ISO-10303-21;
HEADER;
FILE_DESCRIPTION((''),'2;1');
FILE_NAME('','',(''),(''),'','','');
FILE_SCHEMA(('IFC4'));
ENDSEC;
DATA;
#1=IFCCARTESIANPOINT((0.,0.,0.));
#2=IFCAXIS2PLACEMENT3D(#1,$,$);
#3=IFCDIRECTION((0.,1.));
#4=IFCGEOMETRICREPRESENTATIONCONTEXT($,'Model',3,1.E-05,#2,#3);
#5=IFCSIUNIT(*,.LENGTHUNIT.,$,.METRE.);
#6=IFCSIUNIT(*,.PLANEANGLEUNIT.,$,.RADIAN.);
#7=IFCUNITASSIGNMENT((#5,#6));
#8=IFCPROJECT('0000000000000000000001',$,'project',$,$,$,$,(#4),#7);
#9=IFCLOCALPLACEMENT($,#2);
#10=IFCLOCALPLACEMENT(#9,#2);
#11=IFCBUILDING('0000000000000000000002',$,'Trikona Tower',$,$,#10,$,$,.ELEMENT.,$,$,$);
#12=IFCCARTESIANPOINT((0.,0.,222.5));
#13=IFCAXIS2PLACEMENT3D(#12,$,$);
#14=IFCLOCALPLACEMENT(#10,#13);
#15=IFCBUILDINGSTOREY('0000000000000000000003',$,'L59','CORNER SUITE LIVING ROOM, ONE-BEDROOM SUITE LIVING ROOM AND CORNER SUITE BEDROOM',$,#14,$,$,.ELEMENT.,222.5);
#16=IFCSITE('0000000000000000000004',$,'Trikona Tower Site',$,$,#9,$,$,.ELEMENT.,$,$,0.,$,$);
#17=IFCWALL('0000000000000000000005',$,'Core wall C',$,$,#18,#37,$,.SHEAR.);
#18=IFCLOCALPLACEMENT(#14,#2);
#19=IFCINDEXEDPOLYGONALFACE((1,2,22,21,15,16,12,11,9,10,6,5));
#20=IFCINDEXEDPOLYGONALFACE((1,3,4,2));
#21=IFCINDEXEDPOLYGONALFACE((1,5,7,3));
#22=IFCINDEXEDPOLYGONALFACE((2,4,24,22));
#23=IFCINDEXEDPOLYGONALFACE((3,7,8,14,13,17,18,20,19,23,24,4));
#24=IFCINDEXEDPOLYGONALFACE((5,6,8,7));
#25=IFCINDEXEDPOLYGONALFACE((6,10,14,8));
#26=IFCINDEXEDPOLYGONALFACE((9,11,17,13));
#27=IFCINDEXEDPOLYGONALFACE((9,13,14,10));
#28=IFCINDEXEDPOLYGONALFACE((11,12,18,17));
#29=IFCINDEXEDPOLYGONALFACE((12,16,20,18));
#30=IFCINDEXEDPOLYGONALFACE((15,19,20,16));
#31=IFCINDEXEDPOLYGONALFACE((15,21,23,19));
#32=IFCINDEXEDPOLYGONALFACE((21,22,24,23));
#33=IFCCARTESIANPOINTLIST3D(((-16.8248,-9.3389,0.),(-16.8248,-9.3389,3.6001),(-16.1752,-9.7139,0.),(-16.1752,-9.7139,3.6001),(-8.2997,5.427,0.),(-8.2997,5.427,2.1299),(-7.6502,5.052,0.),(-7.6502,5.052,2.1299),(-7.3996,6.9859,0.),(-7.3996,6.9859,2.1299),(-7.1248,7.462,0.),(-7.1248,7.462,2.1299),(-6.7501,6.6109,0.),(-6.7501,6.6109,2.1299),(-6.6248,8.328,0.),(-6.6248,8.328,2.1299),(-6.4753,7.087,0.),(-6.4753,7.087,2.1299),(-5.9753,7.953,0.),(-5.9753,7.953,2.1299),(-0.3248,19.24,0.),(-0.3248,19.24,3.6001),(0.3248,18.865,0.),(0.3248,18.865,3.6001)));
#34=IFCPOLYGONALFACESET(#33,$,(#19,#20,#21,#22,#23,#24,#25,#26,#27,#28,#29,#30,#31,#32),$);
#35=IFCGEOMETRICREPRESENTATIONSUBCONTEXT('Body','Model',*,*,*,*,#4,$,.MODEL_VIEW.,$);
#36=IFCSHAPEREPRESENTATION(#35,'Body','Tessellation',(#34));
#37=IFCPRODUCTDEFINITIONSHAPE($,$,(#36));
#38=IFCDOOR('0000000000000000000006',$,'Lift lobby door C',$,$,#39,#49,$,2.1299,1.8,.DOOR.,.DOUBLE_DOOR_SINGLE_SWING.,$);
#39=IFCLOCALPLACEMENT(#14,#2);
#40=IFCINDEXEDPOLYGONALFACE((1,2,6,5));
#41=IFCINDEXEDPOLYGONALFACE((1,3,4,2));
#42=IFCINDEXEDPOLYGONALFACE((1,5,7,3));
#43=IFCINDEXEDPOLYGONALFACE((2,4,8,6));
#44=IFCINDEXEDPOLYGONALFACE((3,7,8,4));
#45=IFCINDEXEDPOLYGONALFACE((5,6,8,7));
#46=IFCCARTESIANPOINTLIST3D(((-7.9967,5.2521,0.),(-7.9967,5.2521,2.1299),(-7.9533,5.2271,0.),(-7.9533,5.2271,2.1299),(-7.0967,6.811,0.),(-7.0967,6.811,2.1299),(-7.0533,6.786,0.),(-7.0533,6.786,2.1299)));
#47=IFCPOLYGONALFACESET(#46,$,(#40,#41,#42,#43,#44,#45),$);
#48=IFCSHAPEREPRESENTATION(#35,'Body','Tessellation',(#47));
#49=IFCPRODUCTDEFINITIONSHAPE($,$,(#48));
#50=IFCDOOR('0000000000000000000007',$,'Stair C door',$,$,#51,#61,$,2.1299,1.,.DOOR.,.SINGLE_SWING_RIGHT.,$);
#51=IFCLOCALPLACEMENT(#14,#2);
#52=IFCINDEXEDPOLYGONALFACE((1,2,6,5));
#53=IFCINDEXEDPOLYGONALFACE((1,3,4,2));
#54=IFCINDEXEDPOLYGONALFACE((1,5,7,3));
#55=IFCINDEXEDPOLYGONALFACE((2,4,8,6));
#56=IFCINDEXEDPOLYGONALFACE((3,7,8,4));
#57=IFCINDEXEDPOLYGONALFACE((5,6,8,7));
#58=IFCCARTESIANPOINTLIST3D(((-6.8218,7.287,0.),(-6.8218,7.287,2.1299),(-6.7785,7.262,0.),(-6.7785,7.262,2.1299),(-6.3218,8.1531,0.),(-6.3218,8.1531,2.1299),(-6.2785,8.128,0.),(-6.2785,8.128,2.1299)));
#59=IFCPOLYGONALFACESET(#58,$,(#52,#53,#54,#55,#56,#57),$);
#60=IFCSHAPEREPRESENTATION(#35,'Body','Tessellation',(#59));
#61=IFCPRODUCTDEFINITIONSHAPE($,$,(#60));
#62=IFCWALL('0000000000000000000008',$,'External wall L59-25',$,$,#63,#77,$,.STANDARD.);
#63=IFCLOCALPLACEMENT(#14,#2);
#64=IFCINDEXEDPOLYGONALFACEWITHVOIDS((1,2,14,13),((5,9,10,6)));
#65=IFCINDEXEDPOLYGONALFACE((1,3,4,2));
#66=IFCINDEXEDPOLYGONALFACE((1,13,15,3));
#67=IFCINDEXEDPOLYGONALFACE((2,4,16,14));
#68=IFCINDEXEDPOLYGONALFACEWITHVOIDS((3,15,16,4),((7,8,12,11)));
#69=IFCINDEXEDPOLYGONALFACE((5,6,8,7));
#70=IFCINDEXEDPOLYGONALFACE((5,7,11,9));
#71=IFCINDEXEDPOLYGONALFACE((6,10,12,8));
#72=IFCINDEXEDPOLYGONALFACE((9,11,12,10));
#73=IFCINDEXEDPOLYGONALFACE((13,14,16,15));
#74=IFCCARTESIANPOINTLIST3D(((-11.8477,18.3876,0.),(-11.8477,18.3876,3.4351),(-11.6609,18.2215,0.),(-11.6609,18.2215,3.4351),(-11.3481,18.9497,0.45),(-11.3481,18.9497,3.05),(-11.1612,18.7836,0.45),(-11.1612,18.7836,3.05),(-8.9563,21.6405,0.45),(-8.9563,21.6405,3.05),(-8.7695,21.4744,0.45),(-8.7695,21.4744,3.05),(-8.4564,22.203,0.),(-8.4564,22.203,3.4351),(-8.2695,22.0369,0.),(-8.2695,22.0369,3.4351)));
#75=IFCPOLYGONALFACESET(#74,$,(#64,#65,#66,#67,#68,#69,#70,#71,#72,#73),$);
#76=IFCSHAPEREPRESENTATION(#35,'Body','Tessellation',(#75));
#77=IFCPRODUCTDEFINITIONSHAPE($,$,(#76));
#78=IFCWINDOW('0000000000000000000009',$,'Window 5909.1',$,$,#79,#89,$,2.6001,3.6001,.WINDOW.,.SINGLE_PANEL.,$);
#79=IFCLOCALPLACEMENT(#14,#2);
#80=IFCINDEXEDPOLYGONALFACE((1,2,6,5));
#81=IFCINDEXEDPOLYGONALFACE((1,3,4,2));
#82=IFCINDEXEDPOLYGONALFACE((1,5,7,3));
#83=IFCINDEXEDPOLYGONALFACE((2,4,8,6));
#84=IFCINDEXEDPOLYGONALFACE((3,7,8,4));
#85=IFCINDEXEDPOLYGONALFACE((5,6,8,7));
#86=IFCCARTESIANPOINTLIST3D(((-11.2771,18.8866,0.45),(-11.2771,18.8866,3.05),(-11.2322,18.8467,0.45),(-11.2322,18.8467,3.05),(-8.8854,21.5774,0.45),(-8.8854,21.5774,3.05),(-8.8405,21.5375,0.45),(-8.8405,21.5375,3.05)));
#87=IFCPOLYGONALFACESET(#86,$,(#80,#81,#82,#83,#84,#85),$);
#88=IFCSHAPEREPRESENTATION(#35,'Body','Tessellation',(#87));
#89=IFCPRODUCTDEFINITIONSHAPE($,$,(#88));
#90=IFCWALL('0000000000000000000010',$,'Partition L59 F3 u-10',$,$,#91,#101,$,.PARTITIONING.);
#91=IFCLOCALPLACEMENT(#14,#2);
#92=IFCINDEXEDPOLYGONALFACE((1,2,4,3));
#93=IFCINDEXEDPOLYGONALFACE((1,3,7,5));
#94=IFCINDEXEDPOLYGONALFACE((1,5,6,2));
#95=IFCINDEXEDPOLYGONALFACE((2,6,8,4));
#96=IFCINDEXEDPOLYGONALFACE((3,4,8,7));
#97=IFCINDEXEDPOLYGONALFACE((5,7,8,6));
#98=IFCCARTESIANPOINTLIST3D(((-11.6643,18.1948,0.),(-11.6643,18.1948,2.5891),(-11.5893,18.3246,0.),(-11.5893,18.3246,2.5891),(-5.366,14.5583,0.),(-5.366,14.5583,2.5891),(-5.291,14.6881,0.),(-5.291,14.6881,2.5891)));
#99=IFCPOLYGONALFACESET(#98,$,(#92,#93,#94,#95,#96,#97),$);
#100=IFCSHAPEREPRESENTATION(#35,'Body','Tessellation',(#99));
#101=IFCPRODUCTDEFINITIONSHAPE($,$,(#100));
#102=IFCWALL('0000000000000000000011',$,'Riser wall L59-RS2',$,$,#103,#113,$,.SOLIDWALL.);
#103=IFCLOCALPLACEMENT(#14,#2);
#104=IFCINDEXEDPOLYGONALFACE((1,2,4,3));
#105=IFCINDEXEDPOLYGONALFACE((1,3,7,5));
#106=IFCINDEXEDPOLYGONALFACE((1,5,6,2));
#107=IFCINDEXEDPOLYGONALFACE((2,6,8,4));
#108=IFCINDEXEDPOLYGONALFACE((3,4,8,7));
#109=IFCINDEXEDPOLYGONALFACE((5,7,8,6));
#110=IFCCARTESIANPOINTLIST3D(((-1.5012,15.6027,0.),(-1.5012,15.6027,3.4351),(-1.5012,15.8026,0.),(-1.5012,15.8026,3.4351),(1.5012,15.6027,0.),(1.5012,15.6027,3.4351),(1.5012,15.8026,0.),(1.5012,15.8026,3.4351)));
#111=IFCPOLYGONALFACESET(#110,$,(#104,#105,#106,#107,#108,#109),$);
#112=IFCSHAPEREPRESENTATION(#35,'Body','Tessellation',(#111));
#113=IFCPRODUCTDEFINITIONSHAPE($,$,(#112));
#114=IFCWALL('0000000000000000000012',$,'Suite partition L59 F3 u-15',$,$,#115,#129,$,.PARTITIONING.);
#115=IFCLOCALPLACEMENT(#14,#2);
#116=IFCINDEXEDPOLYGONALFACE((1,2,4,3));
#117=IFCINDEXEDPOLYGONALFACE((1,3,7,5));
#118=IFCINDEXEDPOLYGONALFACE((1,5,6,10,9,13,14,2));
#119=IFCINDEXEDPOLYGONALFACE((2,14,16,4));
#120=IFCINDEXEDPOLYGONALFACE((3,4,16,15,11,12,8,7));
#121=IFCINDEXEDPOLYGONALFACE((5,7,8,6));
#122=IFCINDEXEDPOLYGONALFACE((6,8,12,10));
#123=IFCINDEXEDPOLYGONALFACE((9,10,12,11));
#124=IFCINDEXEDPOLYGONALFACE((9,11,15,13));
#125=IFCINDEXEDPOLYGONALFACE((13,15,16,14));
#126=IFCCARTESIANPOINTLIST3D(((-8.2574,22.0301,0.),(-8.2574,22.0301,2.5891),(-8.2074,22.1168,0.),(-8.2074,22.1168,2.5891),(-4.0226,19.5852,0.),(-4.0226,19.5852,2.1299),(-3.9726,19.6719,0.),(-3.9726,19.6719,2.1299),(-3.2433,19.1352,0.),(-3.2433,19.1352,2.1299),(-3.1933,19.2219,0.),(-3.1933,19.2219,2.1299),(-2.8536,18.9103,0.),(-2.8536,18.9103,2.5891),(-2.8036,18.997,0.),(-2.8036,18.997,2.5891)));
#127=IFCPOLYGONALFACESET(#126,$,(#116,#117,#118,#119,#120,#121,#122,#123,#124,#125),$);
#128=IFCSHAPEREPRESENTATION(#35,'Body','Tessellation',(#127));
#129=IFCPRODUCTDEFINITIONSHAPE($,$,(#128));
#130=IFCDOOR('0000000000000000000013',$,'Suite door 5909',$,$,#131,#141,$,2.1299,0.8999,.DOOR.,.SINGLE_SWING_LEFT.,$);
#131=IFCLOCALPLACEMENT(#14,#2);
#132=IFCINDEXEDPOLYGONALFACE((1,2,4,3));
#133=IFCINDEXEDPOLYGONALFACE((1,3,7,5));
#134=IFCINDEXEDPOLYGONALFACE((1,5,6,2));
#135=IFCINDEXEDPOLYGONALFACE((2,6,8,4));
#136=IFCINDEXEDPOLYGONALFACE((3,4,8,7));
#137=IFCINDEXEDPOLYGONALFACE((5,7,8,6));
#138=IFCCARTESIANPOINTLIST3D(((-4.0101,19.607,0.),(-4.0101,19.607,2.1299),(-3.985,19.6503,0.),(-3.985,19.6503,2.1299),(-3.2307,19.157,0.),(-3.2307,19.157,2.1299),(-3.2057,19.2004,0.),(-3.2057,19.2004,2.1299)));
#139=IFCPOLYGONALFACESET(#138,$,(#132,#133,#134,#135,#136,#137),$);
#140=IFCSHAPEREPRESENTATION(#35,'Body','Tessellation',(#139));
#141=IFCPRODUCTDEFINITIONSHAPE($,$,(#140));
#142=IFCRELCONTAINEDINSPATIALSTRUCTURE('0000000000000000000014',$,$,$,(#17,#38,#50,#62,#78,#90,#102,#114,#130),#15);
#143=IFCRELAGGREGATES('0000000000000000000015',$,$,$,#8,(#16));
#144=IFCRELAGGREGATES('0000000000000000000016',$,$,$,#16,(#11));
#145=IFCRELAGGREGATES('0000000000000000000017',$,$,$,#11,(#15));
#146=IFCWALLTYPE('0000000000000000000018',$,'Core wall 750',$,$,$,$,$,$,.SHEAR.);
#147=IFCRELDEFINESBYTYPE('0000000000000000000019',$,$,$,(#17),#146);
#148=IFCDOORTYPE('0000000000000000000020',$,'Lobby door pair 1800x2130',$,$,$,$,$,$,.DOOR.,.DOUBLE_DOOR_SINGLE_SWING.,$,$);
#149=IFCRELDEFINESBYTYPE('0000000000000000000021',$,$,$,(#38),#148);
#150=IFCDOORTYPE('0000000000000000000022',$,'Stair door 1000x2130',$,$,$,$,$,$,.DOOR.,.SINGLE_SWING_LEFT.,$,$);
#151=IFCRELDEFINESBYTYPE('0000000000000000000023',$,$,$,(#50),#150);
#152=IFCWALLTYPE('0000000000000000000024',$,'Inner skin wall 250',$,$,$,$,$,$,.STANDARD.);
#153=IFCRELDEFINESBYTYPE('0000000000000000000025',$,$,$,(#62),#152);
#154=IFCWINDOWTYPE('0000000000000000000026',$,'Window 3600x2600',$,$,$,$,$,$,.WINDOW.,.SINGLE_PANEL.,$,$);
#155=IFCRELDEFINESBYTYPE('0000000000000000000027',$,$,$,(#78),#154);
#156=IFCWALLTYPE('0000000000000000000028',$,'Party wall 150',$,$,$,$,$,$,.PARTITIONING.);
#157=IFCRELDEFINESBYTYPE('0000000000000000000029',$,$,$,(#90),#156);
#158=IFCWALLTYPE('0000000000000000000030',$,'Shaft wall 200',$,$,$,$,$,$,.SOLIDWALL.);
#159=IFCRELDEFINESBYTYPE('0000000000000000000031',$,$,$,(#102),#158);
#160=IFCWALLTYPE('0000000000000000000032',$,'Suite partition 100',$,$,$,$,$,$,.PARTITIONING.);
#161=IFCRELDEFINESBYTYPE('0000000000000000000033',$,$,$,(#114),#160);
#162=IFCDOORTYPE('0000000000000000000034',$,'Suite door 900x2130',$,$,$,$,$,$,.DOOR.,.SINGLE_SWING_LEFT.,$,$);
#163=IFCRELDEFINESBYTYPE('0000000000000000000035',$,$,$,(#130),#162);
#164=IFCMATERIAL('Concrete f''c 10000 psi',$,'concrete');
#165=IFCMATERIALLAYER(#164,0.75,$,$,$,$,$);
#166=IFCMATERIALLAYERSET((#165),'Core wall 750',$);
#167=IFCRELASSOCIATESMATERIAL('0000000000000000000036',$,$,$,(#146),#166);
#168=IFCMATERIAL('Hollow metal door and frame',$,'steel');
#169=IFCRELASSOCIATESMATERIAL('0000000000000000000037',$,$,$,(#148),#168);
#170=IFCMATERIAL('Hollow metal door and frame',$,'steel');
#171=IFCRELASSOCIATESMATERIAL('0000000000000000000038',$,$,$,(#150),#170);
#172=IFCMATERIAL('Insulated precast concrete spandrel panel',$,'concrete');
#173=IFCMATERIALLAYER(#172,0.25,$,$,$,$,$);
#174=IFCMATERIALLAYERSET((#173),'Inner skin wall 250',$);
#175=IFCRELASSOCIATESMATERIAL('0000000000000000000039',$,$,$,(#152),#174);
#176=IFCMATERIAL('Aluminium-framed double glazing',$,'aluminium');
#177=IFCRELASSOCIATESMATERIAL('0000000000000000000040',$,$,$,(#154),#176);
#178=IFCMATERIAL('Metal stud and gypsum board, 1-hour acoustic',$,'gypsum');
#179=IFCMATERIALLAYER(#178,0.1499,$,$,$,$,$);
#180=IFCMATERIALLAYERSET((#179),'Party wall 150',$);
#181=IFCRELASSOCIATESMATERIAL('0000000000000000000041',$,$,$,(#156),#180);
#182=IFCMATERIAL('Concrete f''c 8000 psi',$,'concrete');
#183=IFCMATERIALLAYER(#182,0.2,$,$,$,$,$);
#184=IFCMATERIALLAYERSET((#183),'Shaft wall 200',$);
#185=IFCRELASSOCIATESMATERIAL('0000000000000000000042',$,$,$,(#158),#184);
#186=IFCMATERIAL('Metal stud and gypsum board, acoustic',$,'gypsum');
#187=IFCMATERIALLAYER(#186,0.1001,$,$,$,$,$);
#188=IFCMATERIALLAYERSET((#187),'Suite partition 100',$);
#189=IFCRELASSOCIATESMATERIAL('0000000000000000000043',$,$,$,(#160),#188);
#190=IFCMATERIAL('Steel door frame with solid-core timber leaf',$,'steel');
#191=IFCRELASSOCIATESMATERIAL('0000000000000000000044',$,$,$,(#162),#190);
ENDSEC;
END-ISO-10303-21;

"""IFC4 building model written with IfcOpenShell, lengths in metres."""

from ifc_helpers import new_model, si_unit, direction, frame, frame_2d, origin, place, context, subcontext, project, spatial, rectangle, extrude, material, layer, layer_set, type_object, element, fill, save


model = new_model("IFC4")

# Units and contexts
model_context = context("Model", 3, precision=1e-05, world=origin(), true_north=direction((0.0, 1.0)))
body_context = subcontext(model_context, "Body", "Model", "MODEL_VIEW")
ifc_project = project(units=[si_unit("LENGTHUNIT", "METRE"), si_unit("PLANEANGLEUNIT", "RADIAN")], contexts=[model_context])

# Site, building, storey
site_placement = place(None, origin())
site = spatial("IfcSite", under=ifc_project, at=site_placement, Name="Trikona Tower Site", CompositionType="ELEMENT", RefElevation=0.0)
building_placement = place(site_placement, origin())
building = spatial("IfcBuilding", under=site, at=building_placement, Name="Trikona Tower", CompositionType="ELEMENT")
storey_placement = place(building_placement, frame((0.0, 0.0, 222.5)))
storey = spatial("IfcBuildingStorey", under=building, at=storey_placement, Name="L59", Description="CORNER SUITE LIVING ROOM, ONE-BEDROOM SUITE LIVING ROOM AND CORNER SUITE BEDROOM", CompositionType="ELEMENT", Elevation=222.5)

# Wall, openings, doors
ifc_material_1 = material(Name="Concrete f'c 10000 psi", Category="concrete")
ifc_layer_1 = layer(ifc_material_1, 0.75)
ifc_layer_set_1 = layer_set([ifc_layer_1], Name="Core wall 750")
wall_type_1 = type_object("IfcWallType", Name="Core wall 750", PredefinedType="SHEAR", material=ifc_layer_set_1)
wall_1_placement = place(storey_placement, frame((0.0, 19.0525, 0.0), z_axis=(0.0, 0.0, 1.0), x_axis=(-0.5, -0.866026, 0.0)))
wall_1 = element("IfcWall", 1, at=wall_1_placement, inside=storey, type_object=wall_type_1, Name="Core wall C", PredefinedType="SHEAR", context=body_context, shape_type="SweptSolid", body=[
    extrude(rectangle(XDim=33.0, YDim=0.75, at=frame_2d((16.5, 0.0))), origin(), (0.0, 0.0, 1.0), 3.6001),
])
opening_1_placement = place(wall_1_placement, frame((14.1499, 0.0, 0.0)))
opening_1 = element("IfcOpeningElement", 2, at=opening_1_placement, cuts=wall_1, PredefinedType="OPENING", context=body_context, shape_type="SweptSolid", body=[
    extrude(rectangle(XDim=1.8, YDim=2.1299, at=frame_2d((0.8999, 1.0649))), frame((0.0, 0.385, 0.0), z_axis=(0.0, -1.0, 0.0), x_axis=(1.0, 0.0, 0.0)), (0.0, 0.0, 1.0), 0.77),
])
opening_2_placement = place(wall_1_placement, frame((12.6001, 0.0, 0.0)))
opening_2 = element("IfcOpeningElement", 3, at=opening_2_placement, cuts=wall_1, PredefinedType="OPENING", context=body_context, shape_type="SweptSolid", body=[
    extrude(rectangle(XDim=1.0, YDim=2.1299, at=frame_2d((0.5, 1.0649))), frame((0.0, 0.385, 0.0), z_axis=(0.0, -1.0, 0.0), x_axis=(1.0, 0.0, 0.0)), (0.0, 0.0, 1.0), 0.77),
])
ifc_material_2 = material(Name="Hollow metal door and frame", Category="steel")
door_type_1 = type_object("IfcDoorType", Name="Lobby door pair 1800x2130", OperationType="DOUBLE_DOOR_SINGLE_SWING", PredefinedType="DOOR", material=ifc_material_2)
door_1_placement = place(opening_1_placement, origin())
door_1 = element("IfcDoor", 4, at=door_1_placement, inside=storey, type_object=door_type_1, Name="Lift lobby door C", OperationType="DOUBLE_DOOR_SINGLE_SWING", OverallHeight=2.1299, OverallWidth=1.8, PredefinedType="DOOR", context=body_context, shape_type="SweptSolid", body=[
    extrude(rectangle(XDim=1.8, YDim=2.1299, at=frame_2d((0.8999, 1.0649))), frame((0.0, 0.0249, 0.0), z_axis=(0.0, -1.0, 0.0), x_axis=(1.0, 0.0, 0.0)), (0.0, 0.0, 1.0), 0.05),
])
fill(opening_1, door_1)
ifc_material_3 = material(Name="Hollow metal door and frame", Category="steel")
door_type_2 = type_object("IfcDoorType", Name="Stair door 1000x2130", OperationType="SINGLE_SWING_LEFT", PredefinedType="DOOR", material=ifc_material_3)
door_2_placement = place(opening_2_placement, origin())
door_2 = element("IfcDoor", 5, at=door_2_placement, inside=storey, type_object=door_type_2, Name="Stair C door", OperationType="SINGLE_SWING_RIGHT", OverallHeight=2.1299, OverallWidth=1.0, PredefinedType="DOOR", context=body_context, shape_type="SweptSolid", body=[
    extrude(rectangle(XDim=1.0, YDim=2.1299, at=frame_2d((0.5, 1.0649))), frame((0.0, 0.0249, 0.0), z_axis=(0.0, -1.0, 0.0), x_axis=(1.0, 0.0, 0.0)), (0.0, 0.0, 1.0), 0.05),
])
fill(opening_2, door_2)

# Wall, opening, window
ifc_material_4 = material(Name="Insulated precast concrete spandrel panel", Category="concrete")
ifc_layer_2 = layer(ifc_material_4, 0.25)
ifc_layer_set_2 = layer_set([ifc_layer_2], Name="Inner skin wall 250")
wall_type_2 = type_object("IfcWallType", Name="Inner skin wall 250", PredefinedType="STANDARD", material=ifc_layer_set_2)
wall_2_placement = place(storey_placement, frame((-8.363, 22.1199, 0.0), z_axis=(0.0, 0.0, 1.0), x_axis=(-0.664349, -0.747423, 0.0)))
wall_2 = element("IfcWall", 6, at=wall_2_placement, inside=storey, type_object=wall_type_2, Name="External wall L59-25", PredefinedType="STANDARD", context=body_context, shape_type="SweptSolid", body=[
    extrude(rectangle(XDim=5.1047, YDim=0.25, at=frame_2d((2.5522, 0.0))), origin(), (0.0, 0.0, 1.0), 3.4351),
])
opening_3_placement = place(wall_2_placement, frame((0.7524, 0.0, 0.45)))
opening_3 = element("IfcOpeningElement", 7, at=opening_3_placement, cuts=wall_2, PredefinedType="OPENING", context=body_context, shape_type="SweptSolid", body=[
    extrude(rectangle(XDim=3.6001, YDim=2.6001, at=frame_2d((1.8, 1.3))), frame((0.0, 0.135, 0.0), z_axis=(0.0, -1.0, 0.0), x_axis=(1.0, 0.0, 0.0)), (0.0, 0.0, 1.0), 0.27),
])
ifc_material_5 = material(Name="Aluminium-framed double glazing", Category="aluminium")
window_type = type_object("IfcWindowType", Name="Window 3600x2600", PartitioningType="SINGLE_PANEL", PredefinedType="WINDOW", material=ifc_material_5)
window_placement = place(opening_3_placement, origin())
window = element("IfcWindow", 8, at=window_placement, inside=storey, type_object=window_type, Name="Window 5909.1", OverallHeight=2.6001, OverallWidth=3.6001, PartitioningType="SINGLE_PANEL", PredefinedType="WINDOW", context=body_context, shape_type="SweptSolid", body=[
    extrude(rectangle(XDim=3.6001, YDim=2.6001, at=frame_2d((1.8, 1.3))), frame((0.0, 0.03, 0.0), z_axis=(0.0, -1.0, 0.0), x_axis=(1.0, 0.0, 0.0)), (0.0, 0.0, 1.0), 0.0601),
])
fill(opening_3, window)

# Walls
ifc_material_6 = material(Name="Metal stud and gypsum board, 1-hour acoustic", Category="gypsum")
ifc_layer_3 = layer(ifc_material_6, 0.1499)
ifc_layer_set_3 = layer_set([ifc_layer_3], Name="Party wall 150")
wall_type_3 = type_object("IfcWallType", Name="Party wall 150", PredefinedType="PARTITIONING", material=ifc_layer_set_3)
wall_3_placement = place(storey_placement, frame((-5.3286, 14.6233, 0.0), z_axis=(0.0, 0.0, 1.0), x_axis=(-0.866018, 0.500013, 0.0)))
element("IfcWall", 9, at=wall_3_placement, inside=storey, type_object=wall_type_3, Name="Partition L59 F3 u-10", PredefinedType="PARTITIONING", context=body_context, shape_type="SweptSolid", body=[
    extrude(rectangle(XDim=7.2727, YDim=0.1499, at=frame_2d((3.6362, 0.0))), origin(), (0.0, 0.0, 1.0), 2.5891),
])
ifc_material_7 = material(Name="Concrete f'c 8000 psi", Category="concrete")
ifc_layer_4 = layer(ifc_material_7, 0.2)
ifc_layer_set_4 = layer_set([ifc_layer_4], Name="Shaft wall 200")
wall_type_4 = type_object("IfcWallType", Name="Shaft wall 200", PredefinedType="SOLIDWALL", material=ifc_layer_set_4)
wall_4_placement = place(storey_placement, frame((-1.5012, 15.7026, 0.0), z_axis=(0.0, 0.0, 1.0), x_axis=(1.0, 0.0, 0.0)))
element("IfcWall", 10, at=wall_4_placement, inside=storey, type_object=wall_type_4, Name="Riser wall L59-RS2", PredefinedType="SOLIDWALL", context=body_context, shape_type="SweptSolid", body=[
    extrude(rectangle(XDim=3.0024, YDim=0.2, at=frame_2d((1.5012, 0.0))), origin(), (0.0, 0.0, 1.0), 3.4351),
])

# Wall, opening, door
ifc_material_8 = material(Name="Metal stud and gypsum board, acoustic", Category="gypsum")
ifc_layer_5 = layer(ifc_material_8, 0.1001)
ifc_layer_set_5 = layer_set([ifc_layer_5], Name="Suite partition 100")
wall_type_5 = type_object("IfcWallType", Name="Suite partition 100", PredefinedType="PARTITIONING", material=ifc_layer_set_5)
wall_5_placement = place(storey_placement, frame((-2.8286, 18.9536, 0.0), z_axis=(0.0, 0.0, 1.0), x_axis=(-0.866027, 0.499998, 0.0)))
wall_5 = element("IfcWall", 11, at=wall_5_placement, inside=storey, type_object=wall_type_5, Name="Suite partition L59 F3 u-15", PredefinedType="PARTITIONING", context=body_context, shape_type="SweptSolid", body=[
    extrude(rectangle(XDim=6.2397, YDim=0.1001, at=frame_2d((3.1199, 0.0))), origin(), (0.0, 0.0, 1.0), 2.5891),
])
opening_4_placement = place(wall_5_placement, frame((0.45, 0.0, 0.0)))
opening_4 = element("IfcOpeningElement", 12, at=opening_4_placement, cuts=wall_5, PredefinedType="OPENING", context=body_context, shape_type="SweptSolid", body=[
    extrude(rectangle(XDim=0.8999, YDim=2.1299, at=frame_2d((0.45, 1.0649))), frame((0.0, 0.0601, 0.0), z_axis=(0.0, -1.0, 0.0), x_axis=(1.0, 0.0, 0.0)), (0.0, 0.0, 1.0), 0.1201),
])
ifc_material_9 = material(Name="Steel door frame with solid-core timber leaf", Category="steel")
door_type_3 = type_object("IfcDoorType", Name="Suite door 900x2130", OperationType="SINGLE_SWING_LEFT", PredefinedType="DOOR", material=ifc_material_9)
door_3_placement = place(opening_4_placement, origin())
door_3 = element("IfcDoor", 13, at=door_3_placement, inside=storey, type_object=door_type_3, Name="Suite door 5909", OperationType="SINGLE_SWING_LEFT", OverallHeight=2.1299, OverallWidth=0.8999, PredefinedType="DOOR", context=body_context, shape_type="SweptSolid", body=[
    extrude(rectangle(XDim=0.8999, YDim=2.1299, at=frame_2d((0.45, 1.0649))), frame((0.0, 0.0249, 0.0), z_axis=(0.0, -1.0, 0.0), x_axis=(1.0, 0.0, 0.0)), (0.0, 0.0, 1.0), 0.05),
])
fill(opening_4, door_3)

save(model, "model.ifc")
